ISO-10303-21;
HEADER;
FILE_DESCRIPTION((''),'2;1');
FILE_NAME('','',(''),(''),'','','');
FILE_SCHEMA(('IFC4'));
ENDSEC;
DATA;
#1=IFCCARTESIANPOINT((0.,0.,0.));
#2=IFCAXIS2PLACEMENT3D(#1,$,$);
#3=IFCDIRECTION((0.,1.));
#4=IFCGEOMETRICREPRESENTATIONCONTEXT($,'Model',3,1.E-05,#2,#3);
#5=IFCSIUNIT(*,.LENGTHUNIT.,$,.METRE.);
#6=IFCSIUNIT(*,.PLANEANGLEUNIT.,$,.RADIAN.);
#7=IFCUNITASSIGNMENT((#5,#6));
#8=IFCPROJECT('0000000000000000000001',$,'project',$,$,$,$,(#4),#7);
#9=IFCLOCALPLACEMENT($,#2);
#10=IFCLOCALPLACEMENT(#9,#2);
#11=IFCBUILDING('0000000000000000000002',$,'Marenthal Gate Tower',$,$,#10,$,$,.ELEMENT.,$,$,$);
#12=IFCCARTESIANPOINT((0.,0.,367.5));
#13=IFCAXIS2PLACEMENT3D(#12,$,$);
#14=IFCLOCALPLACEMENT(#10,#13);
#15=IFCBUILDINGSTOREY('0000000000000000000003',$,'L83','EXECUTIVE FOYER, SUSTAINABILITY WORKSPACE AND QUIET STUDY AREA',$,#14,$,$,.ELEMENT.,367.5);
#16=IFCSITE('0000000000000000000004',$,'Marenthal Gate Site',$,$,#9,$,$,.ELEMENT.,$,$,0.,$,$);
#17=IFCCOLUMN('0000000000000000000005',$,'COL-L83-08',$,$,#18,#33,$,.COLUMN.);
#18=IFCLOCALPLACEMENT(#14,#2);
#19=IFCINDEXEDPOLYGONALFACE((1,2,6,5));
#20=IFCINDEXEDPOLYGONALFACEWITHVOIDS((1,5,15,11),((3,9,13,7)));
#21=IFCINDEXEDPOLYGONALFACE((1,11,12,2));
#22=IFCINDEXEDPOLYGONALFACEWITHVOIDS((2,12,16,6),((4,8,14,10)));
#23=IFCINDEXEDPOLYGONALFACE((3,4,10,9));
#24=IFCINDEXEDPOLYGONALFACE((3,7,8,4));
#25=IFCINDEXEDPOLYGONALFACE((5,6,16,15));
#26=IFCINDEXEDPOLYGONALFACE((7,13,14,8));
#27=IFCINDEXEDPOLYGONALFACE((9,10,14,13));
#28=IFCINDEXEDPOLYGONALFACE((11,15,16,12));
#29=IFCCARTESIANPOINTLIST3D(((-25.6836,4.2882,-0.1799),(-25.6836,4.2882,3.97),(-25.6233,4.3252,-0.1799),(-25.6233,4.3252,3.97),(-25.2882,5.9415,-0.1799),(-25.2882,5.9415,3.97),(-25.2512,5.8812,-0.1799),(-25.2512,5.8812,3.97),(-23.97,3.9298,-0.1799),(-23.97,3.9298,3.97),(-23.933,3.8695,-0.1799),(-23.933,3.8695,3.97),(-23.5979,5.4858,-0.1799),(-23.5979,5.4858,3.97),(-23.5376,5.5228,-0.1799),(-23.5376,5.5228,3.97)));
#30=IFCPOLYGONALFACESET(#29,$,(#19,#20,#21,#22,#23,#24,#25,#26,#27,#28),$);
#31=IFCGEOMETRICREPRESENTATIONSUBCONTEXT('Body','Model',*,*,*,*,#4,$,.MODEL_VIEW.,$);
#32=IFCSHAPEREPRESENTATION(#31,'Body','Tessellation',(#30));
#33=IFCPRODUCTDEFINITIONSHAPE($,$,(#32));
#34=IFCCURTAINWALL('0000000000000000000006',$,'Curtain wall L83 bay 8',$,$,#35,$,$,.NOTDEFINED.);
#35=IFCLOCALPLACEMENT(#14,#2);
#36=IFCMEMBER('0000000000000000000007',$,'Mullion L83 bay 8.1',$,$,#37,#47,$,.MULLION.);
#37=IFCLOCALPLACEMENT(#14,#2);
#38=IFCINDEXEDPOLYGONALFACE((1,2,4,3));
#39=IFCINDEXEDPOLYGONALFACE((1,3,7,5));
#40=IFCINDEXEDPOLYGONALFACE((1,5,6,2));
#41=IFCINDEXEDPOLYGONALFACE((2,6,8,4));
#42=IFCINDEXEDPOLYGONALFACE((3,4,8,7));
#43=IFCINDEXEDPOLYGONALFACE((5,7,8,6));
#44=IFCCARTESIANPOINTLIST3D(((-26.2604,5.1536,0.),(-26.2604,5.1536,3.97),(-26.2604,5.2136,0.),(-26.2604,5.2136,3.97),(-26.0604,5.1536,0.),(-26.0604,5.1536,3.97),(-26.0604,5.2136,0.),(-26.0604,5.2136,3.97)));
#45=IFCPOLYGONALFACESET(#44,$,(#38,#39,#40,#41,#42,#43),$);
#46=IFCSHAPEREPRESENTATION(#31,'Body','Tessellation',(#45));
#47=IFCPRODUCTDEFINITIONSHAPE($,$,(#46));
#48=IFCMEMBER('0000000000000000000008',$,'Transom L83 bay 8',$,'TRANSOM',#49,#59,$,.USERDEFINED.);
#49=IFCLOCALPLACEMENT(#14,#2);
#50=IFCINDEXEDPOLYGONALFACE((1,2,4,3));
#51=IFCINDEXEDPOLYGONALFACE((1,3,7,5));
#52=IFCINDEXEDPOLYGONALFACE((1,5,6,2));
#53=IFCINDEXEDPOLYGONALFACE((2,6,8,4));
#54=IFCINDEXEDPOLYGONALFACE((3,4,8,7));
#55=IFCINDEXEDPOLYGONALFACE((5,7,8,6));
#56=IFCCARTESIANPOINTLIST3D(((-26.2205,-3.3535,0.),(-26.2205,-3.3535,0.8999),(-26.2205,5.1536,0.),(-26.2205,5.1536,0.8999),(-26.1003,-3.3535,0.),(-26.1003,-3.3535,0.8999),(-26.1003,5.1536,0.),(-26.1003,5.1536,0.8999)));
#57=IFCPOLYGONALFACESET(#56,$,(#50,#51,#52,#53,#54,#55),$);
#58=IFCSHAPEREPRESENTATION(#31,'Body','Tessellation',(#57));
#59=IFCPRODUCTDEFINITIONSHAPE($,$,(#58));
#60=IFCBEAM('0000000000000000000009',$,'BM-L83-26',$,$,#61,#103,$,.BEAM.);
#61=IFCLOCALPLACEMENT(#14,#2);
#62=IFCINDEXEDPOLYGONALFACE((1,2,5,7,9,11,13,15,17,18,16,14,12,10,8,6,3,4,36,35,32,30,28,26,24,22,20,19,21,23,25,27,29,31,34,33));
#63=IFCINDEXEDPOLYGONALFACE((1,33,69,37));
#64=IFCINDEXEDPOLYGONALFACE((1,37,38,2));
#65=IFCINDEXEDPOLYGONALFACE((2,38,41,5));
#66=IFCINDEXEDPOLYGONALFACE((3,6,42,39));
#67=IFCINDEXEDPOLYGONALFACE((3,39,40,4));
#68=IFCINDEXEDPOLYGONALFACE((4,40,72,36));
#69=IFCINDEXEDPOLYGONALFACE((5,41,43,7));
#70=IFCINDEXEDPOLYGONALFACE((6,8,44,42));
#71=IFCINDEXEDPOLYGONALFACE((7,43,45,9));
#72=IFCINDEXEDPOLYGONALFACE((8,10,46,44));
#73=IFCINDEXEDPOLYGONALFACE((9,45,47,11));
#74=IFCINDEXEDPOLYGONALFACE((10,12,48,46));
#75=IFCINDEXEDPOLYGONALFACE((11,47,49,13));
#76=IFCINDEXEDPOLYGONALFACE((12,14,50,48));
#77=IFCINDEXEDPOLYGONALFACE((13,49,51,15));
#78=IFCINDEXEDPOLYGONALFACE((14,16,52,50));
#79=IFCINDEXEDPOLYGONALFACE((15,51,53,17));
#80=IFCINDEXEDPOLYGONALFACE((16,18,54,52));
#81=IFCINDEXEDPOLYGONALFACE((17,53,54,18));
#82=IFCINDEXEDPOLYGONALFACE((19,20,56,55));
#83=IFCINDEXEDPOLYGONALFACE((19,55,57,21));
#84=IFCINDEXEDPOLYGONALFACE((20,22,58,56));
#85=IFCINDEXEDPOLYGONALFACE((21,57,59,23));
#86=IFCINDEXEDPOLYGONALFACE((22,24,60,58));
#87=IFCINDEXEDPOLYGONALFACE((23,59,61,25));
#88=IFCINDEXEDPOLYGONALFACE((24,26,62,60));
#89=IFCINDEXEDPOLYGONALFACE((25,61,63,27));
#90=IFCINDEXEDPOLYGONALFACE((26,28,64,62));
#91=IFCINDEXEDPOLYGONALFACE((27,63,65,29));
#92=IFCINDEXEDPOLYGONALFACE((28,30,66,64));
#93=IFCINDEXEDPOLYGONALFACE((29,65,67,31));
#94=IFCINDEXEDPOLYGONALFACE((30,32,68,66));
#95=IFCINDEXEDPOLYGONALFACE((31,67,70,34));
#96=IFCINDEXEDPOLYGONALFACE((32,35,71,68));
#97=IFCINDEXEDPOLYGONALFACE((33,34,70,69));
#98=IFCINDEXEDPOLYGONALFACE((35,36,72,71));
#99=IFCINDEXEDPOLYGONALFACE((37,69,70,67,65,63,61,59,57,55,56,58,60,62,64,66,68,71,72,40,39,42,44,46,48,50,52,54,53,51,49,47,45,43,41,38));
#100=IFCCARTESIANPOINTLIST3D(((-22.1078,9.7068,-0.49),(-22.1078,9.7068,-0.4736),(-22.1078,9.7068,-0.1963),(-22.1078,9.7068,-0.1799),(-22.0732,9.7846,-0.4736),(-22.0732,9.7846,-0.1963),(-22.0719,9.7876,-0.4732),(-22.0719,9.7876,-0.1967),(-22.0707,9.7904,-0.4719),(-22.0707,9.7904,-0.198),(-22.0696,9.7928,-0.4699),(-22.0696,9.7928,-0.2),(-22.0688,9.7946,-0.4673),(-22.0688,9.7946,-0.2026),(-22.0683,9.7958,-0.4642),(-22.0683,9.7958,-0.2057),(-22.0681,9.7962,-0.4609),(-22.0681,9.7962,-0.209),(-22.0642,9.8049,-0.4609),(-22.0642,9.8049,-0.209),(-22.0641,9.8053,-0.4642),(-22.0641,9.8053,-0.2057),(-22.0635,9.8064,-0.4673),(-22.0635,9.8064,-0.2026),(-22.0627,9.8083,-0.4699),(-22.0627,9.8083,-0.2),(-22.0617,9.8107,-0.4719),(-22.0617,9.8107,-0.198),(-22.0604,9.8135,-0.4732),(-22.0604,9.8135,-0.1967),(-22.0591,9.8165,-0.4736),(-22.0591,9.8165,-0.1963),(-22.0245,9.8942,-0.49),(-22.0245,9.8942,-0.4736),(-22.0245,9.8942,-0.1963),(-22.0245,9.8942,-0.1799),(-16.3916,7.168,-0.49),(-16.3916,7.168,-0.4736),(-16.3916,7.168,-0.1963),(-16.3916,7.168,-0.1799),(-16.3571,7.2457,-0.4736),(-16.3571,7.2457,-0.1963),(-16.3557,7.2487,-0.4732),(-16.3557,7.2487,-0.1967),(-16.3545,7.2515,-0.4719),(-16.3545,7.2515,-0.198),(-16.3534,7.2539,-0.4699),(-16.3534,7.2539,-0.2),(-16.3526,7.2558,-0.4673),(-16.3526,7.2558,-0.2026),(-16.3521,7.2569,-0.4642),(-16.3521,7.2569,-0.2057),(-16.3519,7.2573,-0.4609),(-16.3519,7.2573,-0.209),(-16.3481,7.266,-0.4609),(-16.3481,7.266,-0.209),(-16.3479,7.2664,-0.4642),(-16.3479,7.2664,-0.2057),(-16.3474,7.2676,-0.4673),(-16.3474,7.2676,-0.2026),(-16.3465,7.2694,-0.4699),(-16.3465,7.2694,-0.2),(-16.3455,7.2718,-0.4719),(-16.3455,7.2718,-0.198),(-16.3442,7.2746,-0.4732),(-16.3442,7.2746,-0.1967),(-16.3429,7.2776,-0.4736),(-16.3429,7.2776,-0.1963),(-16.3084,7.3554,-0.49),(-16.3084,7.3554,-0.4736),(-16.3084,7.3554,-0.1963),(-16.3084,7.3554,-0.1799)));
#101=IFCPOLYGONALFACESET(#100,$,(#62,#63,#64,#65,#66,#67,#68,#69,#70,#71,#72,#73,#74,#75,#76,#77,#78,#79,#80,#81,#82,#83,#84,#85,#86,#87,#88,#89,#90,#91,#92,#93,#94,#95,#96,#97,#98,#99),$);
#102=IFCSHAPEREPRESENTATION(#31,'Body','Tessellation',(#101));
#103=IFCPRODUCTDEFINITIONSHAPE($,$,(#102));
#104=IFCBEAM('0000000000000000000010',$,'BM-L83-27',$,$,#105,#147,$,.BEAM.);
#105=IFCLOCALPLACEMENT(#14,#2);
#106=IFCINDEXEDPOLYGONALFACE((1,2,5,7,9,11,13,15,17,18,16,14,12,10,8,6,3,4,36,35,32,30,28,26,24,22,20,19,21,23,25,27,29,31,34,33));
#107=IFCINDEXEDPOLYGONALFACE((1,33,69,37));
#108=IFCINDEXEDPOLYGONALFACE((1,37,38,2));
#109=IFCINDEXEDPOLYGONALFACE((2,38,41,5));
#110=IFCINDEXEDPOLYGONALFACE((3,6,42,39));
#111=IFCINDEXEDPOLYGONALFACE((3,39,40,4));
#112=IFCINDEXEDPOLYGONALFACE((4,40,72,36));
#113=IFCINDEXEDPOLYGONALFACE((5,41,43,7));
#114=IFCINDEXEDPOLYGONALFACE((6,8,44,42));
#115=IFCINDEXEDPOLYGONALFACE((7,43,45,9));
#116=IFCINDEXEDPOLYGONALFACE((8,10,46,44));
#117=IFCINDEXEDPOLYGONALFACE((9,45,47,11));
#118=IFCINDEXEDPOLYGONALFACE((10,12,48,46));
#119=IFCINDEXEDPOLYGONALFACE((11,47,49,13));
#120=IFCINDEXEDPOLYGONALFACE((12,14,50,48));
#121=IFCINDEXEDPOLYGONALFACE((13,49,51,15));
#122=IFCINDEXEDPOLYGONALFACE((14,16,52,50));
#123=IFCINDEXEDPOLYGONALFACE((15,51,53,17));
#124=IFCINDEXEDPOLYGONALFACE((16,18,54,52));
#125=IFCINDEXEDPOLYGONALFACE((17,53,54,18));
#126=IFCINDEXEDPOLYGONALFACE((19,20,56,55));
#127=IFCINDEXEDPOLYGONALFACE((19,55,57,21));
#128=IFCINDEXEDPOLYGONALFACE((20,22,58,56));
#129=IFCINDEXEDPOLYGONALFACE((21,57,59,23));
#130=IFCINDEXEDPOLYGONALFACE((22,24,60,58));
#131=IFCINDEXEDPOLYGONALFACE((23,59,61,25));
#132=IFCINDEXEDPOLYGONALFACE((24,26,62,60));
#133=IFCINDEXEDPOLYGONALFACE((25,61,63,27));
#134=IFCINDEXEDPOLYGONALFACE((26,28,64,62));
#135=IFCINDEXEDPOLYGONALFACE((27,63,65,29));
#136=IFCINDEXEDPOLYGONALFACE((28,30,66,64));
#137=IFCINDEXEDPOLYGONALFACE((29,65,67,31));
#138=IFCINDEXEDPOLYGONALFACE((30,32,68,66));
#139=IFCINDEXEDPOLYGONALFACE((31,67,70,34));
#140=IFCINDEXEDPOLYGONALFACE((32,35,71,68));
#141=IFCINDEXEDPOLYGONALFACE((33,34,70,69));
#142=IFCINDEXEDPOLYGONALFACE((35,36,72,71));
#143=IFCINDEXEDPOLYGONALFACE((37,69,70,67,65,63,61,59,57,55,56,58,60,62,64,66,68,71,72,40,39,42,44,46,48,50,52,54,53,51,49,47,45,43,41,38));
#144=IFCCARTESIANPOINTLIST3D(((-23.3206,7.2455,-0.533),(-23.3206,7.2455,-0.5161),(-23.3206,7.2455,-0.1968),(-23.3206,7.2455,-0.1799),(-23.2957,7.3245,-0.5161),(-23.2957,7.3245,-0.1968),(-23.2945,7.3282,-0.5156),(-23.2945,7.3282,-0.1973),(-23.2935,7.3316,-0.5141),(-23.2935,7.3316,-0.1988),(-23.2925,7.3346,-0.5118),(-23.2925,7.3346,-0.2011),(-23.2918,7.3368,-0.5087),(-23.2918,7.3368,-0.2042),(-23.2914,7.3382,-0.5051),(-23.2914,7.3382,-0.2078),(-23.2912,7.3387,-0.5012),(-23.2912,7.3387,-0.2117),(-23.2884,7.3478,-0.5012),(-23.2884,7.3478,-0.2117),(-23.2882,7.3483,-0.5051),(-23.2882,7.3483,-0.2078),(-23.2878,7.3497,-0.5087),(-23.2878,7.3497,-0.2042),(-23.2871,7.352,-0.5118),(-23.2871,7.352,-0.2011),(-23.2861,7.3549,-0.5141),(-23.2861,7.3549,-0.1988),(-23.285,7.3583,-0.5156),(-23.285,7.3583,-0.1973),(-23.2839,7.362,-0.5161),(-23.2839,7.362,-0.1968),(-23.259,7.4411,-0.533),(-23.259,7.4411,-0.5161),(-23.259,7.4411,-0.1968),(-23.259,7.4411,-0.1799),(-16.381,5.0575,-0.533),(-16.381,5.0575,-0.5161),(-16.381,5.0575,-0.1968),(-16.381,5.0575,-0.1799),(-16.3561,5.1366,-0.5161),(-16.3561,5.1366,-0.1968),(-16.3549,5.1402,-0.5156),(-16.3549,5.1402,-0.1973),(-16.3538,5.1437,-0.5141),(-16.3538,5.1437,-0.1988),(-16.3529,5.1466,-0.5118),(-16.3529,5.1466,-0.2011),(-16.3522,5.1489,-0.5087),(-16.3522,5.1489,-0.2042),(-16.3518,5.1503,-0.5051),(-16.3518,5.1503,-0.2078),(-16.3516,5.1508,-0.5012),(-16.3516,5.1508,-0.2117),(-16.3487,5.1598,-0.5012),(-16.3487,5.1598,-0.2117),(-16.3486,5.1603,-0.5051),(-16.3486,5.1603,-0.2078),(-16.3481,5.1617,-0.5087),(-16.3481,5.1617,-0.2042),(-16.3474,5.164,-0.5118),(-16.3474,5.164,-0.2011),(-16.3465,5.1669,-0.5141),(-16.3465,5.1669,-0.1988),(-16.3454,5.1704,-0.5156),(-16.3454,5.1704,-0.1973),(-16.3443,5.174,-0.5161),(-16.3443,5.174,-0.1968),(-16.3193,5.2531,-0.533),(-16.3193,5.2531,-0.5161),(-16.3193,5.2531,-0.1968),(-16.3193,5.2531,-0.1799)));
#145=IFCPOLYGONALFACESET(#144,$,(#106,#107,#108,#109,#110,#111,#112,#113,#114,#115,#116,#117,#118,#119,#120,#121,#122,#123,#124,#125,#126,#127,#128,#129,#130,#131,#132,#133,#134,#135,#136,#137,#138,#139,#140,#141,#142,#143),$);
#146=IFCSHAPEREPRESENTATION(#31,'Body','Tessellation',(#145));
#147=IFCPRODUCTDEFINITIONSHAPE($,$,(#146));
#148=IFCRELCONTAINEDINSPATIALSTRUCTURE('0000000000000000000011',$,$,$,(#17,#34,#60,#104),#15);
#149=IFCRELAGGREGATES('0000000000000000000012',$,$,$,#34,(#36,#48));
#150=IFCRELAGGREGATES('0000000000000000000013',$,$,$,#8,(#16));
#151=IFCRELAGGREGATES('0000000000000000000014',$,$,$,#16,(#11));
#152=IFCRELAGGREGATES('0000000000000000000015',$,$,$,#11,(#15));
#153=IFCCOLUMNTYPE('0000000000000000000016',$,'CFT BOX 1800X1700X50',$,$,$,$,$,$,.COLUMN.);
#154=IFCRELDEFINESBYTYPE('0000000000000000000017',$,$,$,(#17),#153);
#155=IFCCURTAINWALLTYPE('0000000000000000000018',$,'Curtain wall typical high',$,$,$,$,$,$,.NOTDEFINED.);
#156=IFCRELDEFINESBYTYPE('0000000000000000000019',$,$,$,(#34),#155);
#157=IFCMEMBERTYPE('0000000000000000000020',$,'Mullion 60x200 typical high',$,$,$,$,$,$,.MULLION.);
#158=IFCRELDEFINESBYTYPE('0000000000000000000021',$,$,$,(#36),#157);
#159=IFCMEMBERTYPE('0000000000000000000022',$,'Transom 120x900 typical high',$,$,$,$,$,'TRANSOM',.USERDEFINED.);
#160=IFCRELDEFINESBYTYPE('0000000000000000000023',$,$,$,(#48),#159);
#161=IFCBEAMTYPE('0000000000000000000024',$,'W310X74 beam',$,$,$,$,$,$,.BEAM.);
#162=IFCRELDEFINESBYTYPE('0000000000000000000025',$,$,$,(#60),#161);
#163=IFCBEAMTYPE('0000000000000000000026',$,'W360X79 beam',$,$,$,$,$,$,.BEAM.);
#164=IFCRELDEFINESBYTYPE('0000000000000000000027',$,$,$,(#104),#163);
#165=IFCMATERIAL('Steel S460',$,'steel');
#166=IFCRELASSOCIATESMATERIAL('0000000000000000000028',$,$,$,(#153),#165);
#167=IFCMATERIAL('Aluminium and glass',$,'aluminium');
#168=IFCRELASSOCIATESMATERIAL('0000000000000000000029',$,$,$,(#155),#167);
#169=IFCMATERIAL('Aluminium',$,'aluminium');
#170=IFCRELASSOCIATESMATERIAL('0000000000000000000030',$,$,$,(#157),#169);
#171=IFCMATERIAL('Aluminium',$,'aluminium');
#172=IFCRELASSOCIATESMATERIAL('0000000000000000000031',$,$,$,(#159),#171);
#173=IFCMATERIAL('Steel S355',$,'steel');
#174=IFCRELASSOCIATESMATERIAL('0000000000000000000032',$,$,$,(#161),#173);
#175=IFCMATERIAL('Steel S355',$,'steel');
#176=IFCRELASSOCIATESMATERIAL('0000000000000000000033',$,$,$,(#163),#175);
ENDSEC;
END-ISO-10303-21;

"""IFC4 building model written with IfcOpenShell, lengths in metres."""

from ifc_helpers import new_model, si_unit, direction, frame, origin, origin_2d, place, context, subcontext, project, spatial, rectangle, hollow_rectangle, i_section, extrude, material, material_profile, profile_set, type_object, element, aggregate, save


model = new_model("IFC4")

# Units and contexts
model_context = context("Model", 3, precision=1e-05, world=origin(), true_north=direction((0.0, 1.0)))
body_context = subcontext(model_context, "Body", "Model", "MODEL_VIEW")
ifc_project = project(units=[si_unit("LENGTHUNIT", "METRE"), si_unit("PLANEANGLEUNIT", "RADIAN")], contexts=[model_context])

# Site, building, storey
site_placement = place(None, origin())
site = spatial("IfcSite", under=ifc_project, at=site_placement, Name="Marenthal Gate Site", CompositionType="ELEMENT", RefElevation=0.0)
building_placement = place(site_placement, origin())
building = spatial("IfcBuilding", under=site, at=building_placement, Name="Marenthal Gate Tower", CompositionType="ELEMENT")
storey_placement = place(building_placement, frame((0.0, 0.0, 367.5)))
storey = spatial("IfcBuildingStorey", under=building, at=storey_placement, Name="L83", Description="EXECUTIVE FOYER, SUSTAINABILITY WORKSPACE AND QUIET STUDY AREA", CompositionType="ELEMENT", Elevation=367.5)

# Column
ifc_material_1 = material(Name="Steel S460", Category="steel")
ifc_material_profile_1 = material_profile(ifc_material_1, hollow_rectangle(XDim=1.7, YDim=1.8, WallThickness=0.05, at=origin_2d()), Name="CFT BOX 1800X1700X50")
ifc_material_2 = material(Name="Concrete 70 MPa", Category="concrete")
ifc_material_profile_2 = material_profile(ifc_material_2, rectangle(XDim=1.6001, YDim=1.7, at=origin_2d()), Name="CFT BOX 1800X1700X50 INFILL")
ifc_profile_set_1 = profile_set([ifc_material_profile_1, ifc_material_profile_2], Name="Steel S460 shell, Concrete 70 MPa infill")
column_type = type_object("IfcColumnType", Name="CFT BOX 1800X1700X50", PredefinedType="COLUMN", material=ifc_profile_set_1)
column_placement = place(storey_placement, frame((-24.6106, 4.9055, -0.1799), z_axis=(0.0, 0.0, 1.0), x_axis=(0.232598, 0.972573, 0.0)))
element("IfcColumn", 1, at=column_placement, inside=storey, type_object=column_type, Name="COL-L83-08", PredefinedType="COLUMN", context=body_context, shape_type="SweptSolid", body=[
    extrude(hollow_rectangle(XDim=1.7, YDim=1.8, WallThickness=0.05, at=origin_2d()), origin(), (0.0, 0.0, 1.0), 4.1499),
])

# Curtain wall, members
ifc_material_3 = material(Name="Aluminium and glass", Category="aluminium")
curtain_wall_type = type_object("IfcCurtainWallType", Name="Curtain wall typical high", PredefinedType="NOTDEFINED", material=ifc_material_3)
curtain_wall_placement = place(storey_placement, origin())
curtain_wall = element("IfcCurtainWall", 2, at=curtain_wall_placement, inside=storey, type_object=curtain_wall_type, Name="Curtain wall L83 bay 8", PredefinedType="NOTDEFINED")
ifc_material_4 = material(Name="Aluminium", Category="aluminium")
ifc_material_profile_3 = material_profile(ifc_material_4, rectangle(XDim=0.2, YDim=0.0601, at=origin_2d()), Name="60x200 aluminium mullion")
ifc_profile_set_2 = profile_set([ifc_material_profile_3], Name="Aluminium")
member_type_1 = type_object("IfcMemberType", Name="Mullion 60x200 typical high", PredefinedType="MULLION", material=ifc_profile_set_2)
member_1_placement = place(storey_placement, frame((-26.1604, 5.1836, 0.0), z_axis=(0.0, 0.0, 1.0), x_axis=(1.0, 0.0, 0.0)))
member_1 = element("IfcMember", 3, at=member_1_placement, type_object=member_type_1, Name="Mullion L83 bay 8.1", PredefinedType="MULLION", context=body_context, shape_type="SweptSolid", body=[
    extrude(rectangle(XDim=0.2, YDim=0.0601, at=origin_2d()), origin(), (0.0, 0.0, 1.0), 3.97),
])
ifc_material_5 = material(Name="Aluminium", Category="aluminium")
ifc_material_profile_4 = material_profile(ifc_material_5, rectangle(XDim=0.1201, YDim=0.8999, at=origin_2d()), Name="120x900 aluminium transom")
ifc_profile_set_3 = profile_set([ifc_material_profile_4], Name="Aluminium")
member_type_2 = type_object("IfcMemberType", Name="Transom 120x900 typical high", ElementType="TRANSOM", PredefinedType="USERDEFINED", material=ifc_profile_set_3)
member_2_placement = place(storey_placement, frame((-26.1604, 5.1536, 0.45), z_axis=(0.0, -1.0, 0.0), x_axis=(1.0, 0.0, 0.0)))
member_2 = element("IfcMember", 4, at=member_2_placement, type_object=member_type_2, Name="Transom L83 bay 8", ObjectType="TRANSOM", PredefinedType="USERDEFINED", context=body_context, shape_type="SweptSolid", body=[
    extrude(rectangle(XDim=0.1201, YDim=0.8999, at=origin_2d()), origin(), (0.0, 0.0, 1.0), 8.5071),
])

# Beams
ifc_material_6 = material(Name="Steel S355", Category="steel")
ifc_material_profile_5 = material_profile(ifc_material_6, i_section(OverallWidth=0.2051, OverallDepth=0.3101, WebThickness=0.0095, FlangeThickness=0.0164, FilletRadius=0.0127, at=origin_2d()), Name="W310X74")
ifc_profile_set_4 = profile_set([ifc_material_profile_5], Name="Steel S355")
beam_type_1 = type_object("IfcBeamType", Name="W310X74 beam", PredefinedType="BEAM", material=ifc_profile_set_4)
beam_1_placement = place(storey_placement, frame((-22.0662, 9.8005, -0.335), z_axis=(0.91391, -0.405918, 0.0), x_axis=(0.405918, 0.91391, 0.0)))
element("IfcBeam", 5, at=beam_1_placement, inside=storey, type_object=beam_type_1, Name="BM-L83-26", PredefinedType="BEAM", context=body_context, shape_type="SweptSolid", body=[
    extrude(i_section(OverallWidth=0.2051, OverallDepth=0.3101, WebThickness=0.0095, FlangeThickness=0.0164, FilletRadius=0.0127, at=origin_2d()), origin(), (0.0, 0.0, 1.0), 6.2546),
])
ifc_material_7 = material(Name="Steel S355", Category="steel")
ifc_material_profile_6 = material_profile(ifc_material_7, i_section(OverallWidth=0.2051, OverallDepth=0.353, WebThickness=0.0095, FlangeThickness=0.0168, FilletRadius=0.0149, at=origin_2d()), Name="W360X79")
ifc_profile_set_5 = profile_set([ifc_material_profile_6], Name="Steel S355")
beam_type_2 = type_object("IfcBeamType", Name="W360X79 beam", PredefinedType="BEAM", material=ifc_profile_set_5)
beam_2_placement = place(storey_placement, frame((-23.2898, 7.3433, -0.3564), z_axis=(0.95372, -0.300695, 0.0), x_axis=(0.300695, 0.95372, 0.0)))
element("IfcBeam", 6, at=beam_2_placement, inside=storey, type_object=beam_type_2, Name="BM-L83-27", PredefinedType="BEAM", context=body_context, shape_type="SweptSolid", body=[
    extrude(i_section(OverallWidth=0.2051, OverallDepth=0.353, WebThickness=0.0095, FlangeThickness=0.0168, FilletRadius=0.0149, at=origin_2d()), origin(), (0.0, 0.0, 1.0), 7.2764),
])

aggregate(curtain_wall, [member_1, member_2])

save(model, "model.ifc")
